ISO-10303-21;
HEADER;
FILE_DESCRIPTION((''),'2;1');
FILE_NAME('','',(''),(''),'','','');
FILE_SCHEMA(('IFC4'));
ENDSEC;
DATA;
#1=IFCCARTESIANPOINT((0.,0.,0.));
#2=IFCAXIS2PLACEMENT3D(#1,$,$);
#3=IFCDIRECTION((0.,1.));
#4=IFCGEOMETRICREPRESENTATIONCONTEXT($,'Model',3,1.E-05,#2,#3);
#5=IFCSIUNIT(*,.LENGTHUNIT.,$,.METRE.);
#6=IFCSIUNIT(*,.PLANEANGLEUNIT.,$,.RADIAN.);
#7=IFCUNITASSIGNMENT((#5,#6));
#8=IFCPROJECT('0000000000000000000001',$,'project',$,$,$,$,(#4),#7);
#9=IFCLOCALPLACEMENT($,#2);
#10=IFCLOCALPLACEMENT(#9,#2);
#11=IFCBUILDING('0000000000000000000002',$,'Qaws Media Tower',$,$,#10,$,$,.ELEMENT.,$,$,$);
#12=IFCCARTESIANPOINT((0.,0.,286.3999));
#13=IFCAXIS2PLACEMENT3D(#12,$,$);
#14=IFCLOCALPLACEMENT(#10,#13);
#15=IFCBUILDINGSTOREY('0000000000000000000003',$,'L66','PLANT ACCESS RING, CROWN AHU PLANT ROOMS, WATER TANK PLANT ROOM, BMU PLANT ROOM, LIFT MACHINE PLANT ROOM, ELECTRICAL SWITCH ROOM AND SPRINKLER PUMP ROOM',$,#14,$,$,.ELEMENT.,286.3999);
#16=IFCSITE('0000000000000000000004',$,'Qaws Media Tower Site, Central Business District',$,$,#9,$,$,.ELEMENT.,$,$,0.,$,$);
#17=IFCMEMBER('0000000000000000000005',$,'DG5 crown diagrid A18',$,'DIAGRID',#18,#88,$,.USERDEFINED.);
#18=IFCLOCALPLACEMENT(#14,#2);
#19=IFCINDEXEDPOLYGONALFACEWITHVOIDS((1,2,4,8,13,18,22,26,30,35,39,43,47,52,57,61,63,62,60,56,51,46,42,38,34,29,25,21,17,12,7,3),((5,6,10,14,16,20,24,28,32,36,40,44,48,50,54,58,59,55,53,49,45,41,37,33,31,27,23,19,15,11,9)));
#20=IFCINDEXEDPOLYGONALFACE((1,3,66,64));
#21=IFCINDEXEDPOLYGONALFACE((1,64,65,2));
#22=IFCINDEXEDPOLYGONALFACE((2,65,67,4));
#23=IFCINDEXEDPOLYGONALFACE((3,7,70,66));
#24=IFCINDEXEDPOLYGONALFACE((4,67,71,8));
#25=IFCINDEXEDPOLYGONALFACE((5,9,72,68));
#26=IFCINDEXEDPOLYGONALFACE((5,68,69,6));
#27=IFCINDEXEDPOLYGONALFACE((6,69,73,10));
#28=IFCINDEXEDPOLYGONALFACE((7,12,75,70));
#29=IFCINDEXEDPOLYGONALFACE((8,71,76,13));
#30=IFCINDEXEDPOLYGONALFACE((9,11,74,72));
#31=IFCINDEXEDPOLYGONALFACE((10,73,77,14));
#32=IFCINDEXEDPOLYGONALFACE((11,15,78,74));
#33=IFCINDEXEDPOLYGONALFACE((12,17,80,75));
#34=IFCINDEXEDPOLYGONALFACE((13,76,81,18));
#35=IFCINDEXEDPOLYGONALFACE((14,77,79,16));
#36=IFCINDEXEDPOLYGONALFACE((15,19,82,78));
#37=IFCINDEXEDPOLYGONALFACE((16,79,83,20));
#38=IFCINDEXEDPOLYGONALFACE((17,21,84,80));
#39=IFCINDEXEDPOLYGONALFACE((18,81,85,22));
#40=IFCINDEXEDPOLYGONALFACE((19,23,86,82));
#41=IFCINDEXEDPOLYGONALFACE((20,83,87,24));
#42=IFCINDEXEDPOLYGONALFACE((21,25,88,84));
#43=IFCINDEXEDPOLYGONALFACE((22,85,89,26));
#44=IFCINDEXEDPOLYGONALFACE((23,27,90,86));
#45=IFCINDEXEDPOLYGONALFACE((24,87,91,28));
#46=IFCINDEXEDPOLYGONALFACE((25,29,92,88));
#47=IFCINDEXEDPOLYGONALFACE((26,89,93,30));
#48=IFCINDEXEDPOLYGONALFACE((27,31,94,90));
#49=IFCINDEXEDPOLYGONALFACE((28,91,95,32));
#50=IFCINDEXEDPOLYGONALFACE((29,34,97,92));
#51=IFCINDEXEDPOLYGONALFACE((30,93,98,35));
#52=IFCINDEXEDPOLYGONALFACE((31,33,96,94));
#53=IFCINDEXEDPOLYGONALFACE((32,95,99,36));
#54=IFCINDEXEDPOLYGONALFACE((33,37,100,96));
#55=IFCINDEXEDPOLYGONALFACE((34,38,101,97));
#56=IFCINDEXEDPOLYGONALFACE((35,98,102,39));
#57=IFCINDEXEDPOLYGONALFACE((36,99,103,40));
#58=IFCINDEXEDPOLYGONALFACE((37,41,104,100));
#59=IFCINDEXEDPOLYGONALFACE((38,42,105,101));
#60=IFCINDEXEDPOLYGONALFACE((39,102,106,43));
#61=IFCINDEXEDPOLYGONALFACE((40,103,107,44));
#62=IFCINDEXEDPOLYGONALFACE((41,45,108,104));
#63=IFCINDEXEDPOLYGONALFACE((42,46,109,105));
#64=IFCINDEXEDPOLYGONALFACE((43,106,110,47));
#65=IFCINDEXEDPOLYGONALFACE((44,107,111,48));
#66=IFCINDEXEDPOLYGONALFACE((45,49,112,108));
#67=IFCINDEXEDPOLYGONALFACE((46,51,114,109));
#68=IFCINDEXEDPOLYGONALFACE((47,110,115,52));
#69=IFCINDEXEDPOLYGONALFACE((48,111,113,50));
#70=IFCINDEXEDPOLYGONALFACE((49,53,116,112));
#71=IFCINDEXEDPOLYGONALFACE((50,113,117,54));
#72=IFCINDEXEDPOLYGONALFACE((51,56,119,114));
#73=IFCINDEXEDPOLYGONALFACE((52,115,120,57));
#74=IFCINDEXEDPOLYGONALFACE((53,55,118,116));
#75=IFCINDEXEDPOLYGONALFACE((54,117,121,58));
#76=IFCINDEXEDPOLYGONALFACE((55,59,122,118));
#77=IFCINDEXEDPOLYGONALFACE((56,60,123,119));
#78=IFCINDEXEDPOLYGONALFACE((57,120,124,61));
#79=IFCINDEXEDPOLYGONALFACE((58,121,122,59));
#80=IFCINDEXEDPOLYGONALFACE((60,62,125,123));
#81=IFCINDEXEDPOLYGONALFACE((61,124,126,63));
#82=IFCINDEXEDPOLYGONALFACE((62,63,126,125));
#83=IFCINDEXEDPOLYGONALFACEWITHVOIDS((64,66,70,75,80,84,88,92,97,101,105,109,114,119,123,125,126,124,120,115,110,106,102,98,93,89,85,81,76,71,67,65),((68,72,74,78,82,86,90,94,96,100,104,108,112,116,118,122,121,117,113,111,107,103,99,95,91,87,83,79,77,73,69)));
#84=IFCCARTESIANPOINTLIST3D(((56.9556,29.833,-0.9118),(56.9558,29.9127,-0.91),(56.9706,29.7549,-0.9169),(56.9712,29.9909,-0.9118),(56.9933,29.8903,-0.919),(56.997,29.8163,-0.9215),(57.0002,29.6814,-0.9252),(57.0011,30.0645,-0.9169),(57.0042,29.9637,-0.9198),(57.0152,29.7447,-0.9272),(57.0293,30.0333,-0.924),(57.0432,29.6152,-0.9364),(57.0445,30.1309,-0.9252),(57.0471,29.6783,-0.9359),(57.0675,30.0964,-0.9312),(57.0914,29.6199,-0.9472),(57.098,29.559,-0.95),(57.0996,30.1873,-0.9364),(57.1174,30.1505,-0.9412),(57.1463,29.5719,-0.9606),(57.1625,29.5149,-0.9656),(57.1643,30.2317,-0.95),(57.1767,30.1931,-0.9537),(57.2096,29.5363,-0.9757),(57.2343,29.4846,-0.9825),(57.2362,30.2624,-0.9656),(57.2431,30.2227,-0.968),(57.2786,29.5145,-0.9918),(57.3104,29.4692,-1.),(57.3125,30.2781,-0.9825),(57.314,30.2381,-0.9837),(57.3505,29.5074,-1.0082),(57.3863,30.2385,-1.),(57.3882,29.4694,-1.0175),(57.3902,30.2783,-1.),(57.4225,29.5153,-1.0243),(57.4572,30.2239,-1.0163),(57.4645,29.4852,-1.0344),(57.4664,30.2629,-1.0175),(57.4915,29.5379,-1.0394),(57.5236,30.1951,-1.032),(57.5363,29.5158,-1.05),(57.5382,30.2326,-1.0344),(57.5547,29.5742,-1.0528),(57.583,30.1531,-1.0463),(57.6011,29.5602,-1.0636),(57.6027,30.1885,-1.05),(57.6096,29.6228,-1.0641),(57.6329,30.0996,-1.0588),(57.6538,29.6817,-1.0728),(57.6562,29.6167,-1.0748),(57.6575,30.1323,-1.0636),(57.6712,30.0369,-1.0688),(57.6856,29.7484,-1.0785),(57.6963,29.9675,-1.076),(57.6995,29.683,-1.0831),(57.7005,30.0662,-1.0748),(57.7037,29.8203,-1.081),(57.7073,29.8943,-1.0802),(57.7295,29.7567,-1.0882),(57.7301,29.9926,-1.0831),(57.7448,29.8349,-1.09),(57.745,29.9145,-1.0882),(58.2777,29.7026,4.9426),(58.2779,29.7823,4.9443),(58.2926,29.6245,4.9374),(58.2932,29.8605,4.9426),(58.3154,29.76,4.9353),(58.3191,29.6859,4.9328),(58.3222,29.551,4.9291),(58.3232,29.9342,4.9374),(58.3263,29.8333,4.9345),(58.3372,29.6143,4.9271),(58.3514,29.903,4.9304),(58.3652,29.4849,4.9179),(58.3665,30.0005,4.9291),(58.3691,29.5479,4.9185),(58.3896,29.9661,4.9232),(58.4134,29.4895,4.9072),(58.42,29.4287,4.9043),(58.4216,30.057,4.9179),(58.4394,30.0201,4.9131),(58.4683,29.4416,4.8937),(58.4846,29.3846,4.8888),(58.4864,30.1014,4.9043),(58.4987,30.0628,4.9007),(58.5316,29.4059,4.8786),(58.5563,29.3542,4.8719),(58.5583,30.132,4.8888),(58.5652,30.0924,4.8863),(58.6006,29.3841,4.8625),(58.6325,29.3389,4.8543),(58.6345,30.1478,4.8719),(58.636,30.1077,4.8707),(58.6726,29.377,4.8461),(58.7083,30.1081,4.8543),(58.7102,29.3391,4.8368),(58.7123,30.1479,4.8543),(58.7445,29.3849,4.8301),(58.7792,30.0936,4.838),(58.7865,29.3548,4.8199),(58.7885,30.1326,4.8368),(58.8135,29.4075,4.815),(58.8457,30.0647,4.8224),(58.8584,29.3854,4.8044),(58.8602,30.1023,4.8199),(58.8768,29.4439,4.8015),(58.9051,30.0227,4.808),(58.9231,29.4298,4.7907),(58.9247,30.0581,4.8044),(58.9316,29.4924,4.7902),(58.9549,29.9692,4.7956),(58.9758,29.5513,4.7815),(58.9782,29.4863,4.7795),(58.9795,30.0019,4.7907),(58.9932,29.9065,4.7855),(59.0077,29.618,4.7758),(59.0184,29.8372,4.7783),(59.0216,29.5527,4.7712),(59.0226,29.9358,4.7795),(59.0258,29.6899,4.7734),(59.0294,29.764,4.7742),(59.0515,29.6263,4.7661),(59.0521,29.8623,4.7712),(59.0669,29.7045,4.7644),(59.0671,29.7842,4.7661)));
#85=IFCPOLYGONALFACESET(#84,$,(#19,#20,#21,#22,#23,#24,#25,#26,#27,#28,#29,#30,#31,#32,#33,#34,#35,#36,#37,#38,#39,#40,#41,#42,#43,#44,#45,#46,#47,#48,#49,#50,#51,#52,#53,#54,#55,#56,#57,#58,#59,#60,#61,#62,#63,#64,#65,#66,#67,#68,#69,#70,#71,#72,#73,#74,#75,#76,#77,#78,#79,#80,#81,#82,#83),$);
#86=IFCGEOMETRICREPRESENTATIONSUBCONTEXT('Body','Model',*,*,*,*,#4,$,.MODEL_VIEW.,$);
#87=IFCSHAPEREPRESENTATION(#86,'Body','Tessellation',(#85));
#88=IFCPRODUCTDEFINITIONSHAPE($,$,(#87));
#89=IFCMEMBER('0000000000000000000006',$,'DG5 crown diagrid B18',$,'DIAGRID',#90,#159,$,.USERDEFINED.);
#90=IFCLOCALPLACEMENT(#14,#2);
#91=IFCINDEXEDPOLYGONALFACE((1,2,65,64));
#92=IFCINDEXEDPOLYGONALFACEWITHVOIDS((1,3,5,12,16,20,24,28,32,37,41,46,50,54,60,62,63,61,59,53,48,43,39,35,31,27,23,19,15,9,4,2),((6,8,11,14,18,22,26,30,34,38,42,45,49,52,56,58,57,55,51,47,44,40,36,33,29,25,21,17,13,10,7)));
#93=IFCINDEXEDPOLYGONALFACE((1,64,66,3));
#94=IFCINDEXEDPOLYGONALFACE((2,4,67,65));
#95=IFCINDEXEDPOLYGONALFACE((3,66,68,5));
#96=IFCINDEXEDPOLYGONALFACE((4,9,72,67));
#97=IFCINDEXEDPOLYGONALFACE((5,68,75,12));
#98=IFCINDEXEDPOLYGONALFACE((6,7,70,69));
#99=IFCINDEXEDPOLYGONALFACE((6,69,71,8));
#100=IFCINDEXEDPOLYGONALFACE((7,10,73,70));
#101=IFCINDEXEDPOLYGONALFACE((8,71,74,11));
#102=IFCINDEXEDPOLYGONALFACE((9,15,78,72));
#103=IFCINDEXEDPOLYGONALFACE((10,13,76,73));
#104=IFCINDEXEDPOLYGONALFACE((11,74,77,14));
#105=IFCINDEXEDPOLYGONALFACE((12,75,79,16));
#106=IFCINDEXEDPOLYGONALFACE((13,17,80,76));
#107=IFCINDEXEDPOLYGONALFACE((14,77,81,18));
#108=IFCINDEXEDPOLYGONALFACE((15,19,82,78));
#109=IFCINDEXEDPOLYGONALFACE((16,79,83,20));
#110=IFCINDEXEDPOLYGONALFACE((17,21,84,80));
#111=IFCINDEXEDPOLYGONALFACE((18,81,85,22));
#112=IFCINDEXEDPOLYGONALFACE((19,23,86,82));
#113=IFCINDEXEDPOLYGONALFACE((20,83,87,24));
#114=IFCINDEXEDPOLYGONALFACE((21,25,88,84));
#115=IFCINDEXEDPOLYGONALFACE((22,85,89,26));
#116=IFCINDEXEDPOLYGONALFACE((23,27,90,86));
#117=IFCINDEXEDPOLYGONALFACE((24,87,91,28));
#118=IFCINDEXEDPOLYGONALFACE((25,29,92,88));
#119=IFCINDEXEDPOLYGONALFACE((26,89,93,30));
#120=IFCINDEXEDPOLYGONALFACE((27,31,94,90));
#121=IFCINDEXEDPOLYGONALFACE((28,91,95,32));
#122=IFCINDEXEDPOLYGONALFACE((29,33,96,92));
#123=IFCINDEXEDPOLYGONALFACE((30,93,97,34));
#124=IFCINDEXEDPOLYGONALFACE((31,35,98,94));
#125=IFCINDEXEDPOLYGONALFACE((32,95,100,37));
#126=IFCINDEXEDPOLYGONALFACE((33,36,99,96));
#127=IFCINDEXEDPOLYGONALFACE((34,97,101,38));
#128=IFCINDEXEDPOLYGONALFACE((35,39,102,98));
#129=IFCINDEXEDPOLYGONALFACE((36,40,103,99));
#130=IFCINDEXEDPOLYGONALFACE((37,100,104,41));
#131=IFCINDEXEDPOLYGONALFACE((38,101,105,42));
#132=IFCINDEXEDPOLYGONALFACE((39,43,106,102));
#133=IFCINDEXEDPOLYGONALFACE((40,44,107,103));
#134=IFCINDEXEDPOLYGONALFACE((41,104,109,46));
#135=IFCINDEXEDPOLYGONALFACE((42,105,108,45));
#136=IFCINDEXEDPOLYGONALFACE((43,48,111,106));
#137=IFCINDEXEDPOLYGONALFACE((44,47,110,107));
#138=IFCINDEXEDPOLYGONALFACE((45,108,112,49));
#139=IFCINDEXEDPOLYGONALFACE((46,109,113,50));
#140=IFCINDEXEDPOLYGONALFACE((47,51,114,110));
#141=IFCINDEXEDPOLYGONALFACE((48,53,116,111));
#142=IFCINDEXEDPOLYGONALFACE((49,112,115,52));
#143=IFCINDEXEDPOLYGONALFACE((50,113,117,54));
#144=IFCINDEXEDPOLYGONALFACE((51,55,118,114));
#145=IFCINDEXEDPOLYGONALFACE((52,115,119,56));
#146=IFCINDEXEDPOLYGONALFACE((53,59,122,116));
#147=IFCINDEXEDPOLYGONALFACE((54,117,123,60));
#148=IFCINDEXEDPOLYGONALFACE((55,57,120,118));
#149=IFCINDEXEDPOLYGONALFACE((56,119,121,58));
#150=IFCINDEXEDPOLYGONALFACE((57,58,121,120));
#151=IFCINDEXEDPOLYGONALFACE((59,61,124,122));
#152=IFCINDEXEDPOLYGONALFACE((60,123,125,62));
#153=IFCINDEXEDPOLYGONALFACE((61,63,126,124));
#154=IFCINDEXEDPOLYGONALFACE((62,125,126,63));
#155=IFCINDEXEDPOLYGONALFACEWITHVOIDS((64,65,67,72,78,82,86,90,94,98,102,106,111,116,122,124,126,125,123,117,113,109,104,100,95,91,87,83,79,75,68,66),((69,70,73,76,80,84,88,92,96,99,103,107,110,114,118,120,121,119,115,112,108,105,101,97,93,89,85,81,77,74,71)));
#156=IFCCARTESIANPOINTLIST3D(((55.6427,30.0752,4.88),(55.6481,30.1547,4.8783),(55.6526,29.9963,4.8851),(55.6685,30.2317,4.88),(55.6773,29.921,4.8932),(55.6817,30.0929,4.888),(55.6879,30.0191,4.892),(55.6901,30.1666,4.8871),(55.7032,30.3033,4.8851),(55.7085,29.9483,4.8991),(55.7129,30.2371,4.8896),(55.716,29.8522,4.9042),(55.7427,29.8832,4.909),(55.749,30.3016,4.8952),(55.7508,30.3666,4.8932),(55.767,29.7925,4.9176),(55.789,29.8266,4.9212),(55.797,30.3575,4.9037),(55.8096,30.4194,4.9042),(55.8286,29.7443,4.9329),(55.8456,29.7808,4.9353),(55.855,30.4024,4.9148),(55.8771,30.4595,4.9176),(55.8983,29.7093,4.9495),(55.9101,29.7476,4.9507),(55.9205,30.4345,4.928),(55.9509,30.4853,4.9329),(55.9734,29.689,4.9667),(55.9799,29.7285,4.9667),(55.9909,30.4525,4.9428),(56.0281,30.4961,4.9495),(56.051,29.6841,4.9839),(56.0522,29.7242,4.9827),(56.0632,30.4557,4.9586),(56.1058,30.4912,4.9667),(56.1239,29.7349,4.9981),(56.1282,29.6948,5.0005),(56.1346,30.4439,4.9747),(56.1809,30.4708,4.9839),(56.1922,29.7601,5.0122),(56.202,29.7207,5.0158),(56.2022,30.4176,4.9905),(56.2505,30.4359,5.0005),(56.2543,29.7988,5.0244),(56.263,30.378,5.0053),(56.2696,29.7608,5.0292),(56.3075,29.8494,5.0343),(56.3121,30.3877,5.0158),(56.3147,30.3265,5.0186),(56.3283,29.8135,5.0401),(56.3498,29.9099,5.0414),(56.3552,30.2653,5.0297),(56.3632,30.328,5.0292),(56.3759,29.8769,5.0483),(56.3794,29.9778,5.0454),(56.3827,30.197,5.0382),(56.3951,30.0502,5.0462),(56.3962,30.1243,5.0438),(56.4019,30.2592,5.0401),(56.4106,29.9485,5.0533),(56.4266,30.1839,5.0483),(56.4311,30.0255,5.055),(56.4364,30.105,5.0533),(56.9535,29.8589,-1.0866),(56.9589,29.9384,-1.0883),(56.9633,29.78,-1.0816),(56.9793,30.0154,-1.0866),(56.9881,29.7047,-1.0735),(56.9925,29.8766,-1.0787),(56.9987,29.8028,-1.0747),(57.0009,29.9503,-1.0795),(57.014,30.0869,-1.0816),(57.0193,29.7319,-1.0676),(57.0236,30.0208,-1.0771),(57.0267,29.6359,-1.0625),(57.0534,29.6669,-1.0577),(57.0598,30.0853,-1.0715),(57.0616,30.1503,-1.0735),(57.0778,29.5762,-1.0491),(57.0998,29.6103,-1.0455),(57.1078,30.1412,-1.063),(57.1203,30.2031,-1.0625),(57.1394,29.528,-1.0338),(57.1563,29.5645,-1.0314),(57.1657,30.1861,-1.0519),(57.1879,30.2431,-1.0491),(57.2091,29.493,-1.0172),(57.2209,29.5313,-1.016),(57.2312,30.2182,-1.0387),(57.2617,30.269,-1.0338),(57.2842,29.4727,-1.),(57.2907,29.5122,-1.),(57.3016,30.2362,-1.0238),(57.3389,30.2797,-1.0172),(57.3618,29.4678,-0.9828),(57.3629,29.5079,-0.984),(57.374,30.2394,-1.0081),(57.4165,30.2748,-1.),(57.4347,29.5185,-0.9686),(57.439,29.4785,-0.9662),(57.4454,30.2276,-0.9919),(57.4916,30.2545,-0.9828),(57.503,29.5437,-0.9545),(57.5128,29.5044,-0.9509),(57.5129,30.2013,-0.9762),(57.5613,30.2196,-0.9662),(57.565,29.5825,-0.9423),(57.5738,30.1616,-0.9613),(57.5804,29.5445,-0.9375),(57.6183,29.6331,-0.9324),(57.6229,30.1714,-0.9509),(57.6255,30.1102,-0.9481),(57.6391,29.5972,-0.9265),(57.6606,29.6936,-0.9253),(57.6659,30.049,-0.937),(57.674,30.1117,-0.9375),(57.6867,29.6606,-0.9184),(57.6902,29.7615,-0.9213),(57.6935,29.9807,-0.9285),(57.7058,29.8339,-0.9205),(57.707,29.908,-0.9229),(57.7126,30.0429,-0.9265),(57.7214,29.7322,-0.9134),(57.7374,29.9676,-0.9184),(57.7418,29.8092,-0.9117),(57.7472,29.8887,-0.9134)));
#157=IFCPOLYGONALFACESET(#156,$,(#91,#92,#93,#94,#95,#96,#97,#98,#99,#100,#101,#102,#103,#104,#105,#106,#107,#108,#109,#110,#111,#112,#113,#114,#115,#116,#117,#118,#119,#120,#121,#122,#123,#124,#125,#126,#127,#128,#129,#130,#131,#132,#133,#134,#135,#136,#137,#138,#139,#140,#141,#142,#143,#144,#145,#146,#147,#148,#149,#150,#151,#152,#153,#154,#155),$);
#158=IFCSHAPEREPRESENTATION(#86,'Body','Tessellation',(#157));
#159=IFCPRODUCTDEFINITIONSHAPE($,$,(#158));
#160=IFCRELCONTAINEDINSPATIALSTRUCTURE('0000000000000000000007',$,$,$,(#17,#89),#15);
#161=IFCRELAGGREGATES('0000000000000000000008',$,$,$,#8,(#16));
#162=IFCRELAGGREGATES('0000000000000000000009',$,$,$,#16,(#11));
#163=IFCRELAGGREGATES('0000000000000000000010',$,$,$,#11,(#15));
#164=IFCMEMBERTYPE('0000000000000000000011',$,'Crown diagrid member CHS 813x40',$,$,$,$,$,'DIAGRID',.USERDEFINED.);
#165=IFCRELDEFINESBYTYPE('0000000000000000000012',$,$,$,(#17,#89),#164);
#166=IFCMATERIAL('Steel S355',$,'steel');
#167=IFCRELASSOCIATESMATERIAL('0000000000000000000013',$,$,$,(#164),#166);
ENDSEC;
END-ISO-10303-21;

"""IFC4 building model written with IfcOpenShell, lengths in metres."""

from ifc_helpers import new_model, si_unit, direction, frame, origin, origin_2d, place, context, subcontext, project, spatial, hollow_circle, extrude, material, material_profile, profile_set, type_object, element, save


model = new_model("IFC4")

# Units and contexts
model_context = context("Model", 3, precision=1e-05, world=origin(), true_north=direction((0.0, 1.0)))
body_context = subcontext(model_context, "Body", "Model", "MODEL_VIEW")
ifc_project = project(units=[si_unit("LENGTHUNIT", "METRE"), si_unit("PLANEANGLEUNIT", "RADIAN")], contexts=[model_context])

# Site, building, storey
site_placement = place(None, origin())
site = spatial("IfcSite", under=ifc_project, at=site_placement, Name="Qaws Media Tower Site, Central Business District", CompositionType="ELEMENT", RefElevation=0.0)
building_placement = place(site_placement, origin())
building = spatial("IfcBuilding", under=site, at=building_placement, Name="Qaws Media Tower", CompositionType="ELEMENT")
storey_placement = place(building_placement, frame((0.0, 0.0, 286.3999)))
storey = spatial("IfcBuildingStorey", under=building, at=storey_placement, Name="L66", Description="PLANT ACCESS RING, CROWN AHU PLANT ROOMS, WATER TANK PLANT ROOM, BMU PLANT ROOM, LIFT MACHINE PLANT ROOM, ELECTRICAL SWITCH ROOM AND SPRINKLER PUMP ROOM", CompositionType="ELEMENT", Elevation=286.3999)

# Members
ifc_material_1 = material(Name="Steel S355", Category="steel")
ifc_material_profile_1 = material_profile(ifc_material_1, hollow_circle(Radius=0.4065, WallThickness=0.04, at=origin_2d()), Name="CHS 813x40")
ifc_profile_set_1 = profile_set([ifc_material_profile_1], Name="Steel S355")
member_type = type_object("IfcMemberType", Name="Crown diagrid member CHS 813x40", ElementType="DIAGRID", PredefinedType="USERDEFINED", material=ifc_profile_set_1)
member_1_placement = place(storey_placement, frame((57.3503, 29.8738, -1.0), z_axis=(0.220224, -0.021717, 0.975208), x_axis=(0.098139, 0.995173, 0.0)))
element("IfcMember", 1, at=member_1_placement, inside=storey, type_object=member_type, Name="DG5 crown diagrid A18", ObjectType="DIAGRID", PredefinedType="USERDEFINED", context=body_context, shape_type="SweptSolid", body=[
    extrude(hollow_circle(Radius=0.4065, WallThickness=0.04, at=origin_2d()), origin(), (0.0, 0.0, 1.0), 6.0032),
])
member_2_placement = place(storey_placement, frame((57.3503, 29.8738, -1.0), z_axis=(-0.21443, 0.035386, 0.976098), x_axis=(-0.162819, -0.986656, 0.0)))
element("IfcMember", 2, at=member_2_placement, inside=storey, type_object=member_type, Name="DG5 crown diagrid B18", ObjectType="DIAGRID", PredefinedType="USERDEFINED", context=body_context, shape_type="SweptSolid", body=[
    extrude(hollow_circle(Radius=0.4065, WallThickness=0.04, at=origin_2d()), origin(), (0.0, 0.0, 1.0), 6.1128),
])

save(model, "model.ifc")
